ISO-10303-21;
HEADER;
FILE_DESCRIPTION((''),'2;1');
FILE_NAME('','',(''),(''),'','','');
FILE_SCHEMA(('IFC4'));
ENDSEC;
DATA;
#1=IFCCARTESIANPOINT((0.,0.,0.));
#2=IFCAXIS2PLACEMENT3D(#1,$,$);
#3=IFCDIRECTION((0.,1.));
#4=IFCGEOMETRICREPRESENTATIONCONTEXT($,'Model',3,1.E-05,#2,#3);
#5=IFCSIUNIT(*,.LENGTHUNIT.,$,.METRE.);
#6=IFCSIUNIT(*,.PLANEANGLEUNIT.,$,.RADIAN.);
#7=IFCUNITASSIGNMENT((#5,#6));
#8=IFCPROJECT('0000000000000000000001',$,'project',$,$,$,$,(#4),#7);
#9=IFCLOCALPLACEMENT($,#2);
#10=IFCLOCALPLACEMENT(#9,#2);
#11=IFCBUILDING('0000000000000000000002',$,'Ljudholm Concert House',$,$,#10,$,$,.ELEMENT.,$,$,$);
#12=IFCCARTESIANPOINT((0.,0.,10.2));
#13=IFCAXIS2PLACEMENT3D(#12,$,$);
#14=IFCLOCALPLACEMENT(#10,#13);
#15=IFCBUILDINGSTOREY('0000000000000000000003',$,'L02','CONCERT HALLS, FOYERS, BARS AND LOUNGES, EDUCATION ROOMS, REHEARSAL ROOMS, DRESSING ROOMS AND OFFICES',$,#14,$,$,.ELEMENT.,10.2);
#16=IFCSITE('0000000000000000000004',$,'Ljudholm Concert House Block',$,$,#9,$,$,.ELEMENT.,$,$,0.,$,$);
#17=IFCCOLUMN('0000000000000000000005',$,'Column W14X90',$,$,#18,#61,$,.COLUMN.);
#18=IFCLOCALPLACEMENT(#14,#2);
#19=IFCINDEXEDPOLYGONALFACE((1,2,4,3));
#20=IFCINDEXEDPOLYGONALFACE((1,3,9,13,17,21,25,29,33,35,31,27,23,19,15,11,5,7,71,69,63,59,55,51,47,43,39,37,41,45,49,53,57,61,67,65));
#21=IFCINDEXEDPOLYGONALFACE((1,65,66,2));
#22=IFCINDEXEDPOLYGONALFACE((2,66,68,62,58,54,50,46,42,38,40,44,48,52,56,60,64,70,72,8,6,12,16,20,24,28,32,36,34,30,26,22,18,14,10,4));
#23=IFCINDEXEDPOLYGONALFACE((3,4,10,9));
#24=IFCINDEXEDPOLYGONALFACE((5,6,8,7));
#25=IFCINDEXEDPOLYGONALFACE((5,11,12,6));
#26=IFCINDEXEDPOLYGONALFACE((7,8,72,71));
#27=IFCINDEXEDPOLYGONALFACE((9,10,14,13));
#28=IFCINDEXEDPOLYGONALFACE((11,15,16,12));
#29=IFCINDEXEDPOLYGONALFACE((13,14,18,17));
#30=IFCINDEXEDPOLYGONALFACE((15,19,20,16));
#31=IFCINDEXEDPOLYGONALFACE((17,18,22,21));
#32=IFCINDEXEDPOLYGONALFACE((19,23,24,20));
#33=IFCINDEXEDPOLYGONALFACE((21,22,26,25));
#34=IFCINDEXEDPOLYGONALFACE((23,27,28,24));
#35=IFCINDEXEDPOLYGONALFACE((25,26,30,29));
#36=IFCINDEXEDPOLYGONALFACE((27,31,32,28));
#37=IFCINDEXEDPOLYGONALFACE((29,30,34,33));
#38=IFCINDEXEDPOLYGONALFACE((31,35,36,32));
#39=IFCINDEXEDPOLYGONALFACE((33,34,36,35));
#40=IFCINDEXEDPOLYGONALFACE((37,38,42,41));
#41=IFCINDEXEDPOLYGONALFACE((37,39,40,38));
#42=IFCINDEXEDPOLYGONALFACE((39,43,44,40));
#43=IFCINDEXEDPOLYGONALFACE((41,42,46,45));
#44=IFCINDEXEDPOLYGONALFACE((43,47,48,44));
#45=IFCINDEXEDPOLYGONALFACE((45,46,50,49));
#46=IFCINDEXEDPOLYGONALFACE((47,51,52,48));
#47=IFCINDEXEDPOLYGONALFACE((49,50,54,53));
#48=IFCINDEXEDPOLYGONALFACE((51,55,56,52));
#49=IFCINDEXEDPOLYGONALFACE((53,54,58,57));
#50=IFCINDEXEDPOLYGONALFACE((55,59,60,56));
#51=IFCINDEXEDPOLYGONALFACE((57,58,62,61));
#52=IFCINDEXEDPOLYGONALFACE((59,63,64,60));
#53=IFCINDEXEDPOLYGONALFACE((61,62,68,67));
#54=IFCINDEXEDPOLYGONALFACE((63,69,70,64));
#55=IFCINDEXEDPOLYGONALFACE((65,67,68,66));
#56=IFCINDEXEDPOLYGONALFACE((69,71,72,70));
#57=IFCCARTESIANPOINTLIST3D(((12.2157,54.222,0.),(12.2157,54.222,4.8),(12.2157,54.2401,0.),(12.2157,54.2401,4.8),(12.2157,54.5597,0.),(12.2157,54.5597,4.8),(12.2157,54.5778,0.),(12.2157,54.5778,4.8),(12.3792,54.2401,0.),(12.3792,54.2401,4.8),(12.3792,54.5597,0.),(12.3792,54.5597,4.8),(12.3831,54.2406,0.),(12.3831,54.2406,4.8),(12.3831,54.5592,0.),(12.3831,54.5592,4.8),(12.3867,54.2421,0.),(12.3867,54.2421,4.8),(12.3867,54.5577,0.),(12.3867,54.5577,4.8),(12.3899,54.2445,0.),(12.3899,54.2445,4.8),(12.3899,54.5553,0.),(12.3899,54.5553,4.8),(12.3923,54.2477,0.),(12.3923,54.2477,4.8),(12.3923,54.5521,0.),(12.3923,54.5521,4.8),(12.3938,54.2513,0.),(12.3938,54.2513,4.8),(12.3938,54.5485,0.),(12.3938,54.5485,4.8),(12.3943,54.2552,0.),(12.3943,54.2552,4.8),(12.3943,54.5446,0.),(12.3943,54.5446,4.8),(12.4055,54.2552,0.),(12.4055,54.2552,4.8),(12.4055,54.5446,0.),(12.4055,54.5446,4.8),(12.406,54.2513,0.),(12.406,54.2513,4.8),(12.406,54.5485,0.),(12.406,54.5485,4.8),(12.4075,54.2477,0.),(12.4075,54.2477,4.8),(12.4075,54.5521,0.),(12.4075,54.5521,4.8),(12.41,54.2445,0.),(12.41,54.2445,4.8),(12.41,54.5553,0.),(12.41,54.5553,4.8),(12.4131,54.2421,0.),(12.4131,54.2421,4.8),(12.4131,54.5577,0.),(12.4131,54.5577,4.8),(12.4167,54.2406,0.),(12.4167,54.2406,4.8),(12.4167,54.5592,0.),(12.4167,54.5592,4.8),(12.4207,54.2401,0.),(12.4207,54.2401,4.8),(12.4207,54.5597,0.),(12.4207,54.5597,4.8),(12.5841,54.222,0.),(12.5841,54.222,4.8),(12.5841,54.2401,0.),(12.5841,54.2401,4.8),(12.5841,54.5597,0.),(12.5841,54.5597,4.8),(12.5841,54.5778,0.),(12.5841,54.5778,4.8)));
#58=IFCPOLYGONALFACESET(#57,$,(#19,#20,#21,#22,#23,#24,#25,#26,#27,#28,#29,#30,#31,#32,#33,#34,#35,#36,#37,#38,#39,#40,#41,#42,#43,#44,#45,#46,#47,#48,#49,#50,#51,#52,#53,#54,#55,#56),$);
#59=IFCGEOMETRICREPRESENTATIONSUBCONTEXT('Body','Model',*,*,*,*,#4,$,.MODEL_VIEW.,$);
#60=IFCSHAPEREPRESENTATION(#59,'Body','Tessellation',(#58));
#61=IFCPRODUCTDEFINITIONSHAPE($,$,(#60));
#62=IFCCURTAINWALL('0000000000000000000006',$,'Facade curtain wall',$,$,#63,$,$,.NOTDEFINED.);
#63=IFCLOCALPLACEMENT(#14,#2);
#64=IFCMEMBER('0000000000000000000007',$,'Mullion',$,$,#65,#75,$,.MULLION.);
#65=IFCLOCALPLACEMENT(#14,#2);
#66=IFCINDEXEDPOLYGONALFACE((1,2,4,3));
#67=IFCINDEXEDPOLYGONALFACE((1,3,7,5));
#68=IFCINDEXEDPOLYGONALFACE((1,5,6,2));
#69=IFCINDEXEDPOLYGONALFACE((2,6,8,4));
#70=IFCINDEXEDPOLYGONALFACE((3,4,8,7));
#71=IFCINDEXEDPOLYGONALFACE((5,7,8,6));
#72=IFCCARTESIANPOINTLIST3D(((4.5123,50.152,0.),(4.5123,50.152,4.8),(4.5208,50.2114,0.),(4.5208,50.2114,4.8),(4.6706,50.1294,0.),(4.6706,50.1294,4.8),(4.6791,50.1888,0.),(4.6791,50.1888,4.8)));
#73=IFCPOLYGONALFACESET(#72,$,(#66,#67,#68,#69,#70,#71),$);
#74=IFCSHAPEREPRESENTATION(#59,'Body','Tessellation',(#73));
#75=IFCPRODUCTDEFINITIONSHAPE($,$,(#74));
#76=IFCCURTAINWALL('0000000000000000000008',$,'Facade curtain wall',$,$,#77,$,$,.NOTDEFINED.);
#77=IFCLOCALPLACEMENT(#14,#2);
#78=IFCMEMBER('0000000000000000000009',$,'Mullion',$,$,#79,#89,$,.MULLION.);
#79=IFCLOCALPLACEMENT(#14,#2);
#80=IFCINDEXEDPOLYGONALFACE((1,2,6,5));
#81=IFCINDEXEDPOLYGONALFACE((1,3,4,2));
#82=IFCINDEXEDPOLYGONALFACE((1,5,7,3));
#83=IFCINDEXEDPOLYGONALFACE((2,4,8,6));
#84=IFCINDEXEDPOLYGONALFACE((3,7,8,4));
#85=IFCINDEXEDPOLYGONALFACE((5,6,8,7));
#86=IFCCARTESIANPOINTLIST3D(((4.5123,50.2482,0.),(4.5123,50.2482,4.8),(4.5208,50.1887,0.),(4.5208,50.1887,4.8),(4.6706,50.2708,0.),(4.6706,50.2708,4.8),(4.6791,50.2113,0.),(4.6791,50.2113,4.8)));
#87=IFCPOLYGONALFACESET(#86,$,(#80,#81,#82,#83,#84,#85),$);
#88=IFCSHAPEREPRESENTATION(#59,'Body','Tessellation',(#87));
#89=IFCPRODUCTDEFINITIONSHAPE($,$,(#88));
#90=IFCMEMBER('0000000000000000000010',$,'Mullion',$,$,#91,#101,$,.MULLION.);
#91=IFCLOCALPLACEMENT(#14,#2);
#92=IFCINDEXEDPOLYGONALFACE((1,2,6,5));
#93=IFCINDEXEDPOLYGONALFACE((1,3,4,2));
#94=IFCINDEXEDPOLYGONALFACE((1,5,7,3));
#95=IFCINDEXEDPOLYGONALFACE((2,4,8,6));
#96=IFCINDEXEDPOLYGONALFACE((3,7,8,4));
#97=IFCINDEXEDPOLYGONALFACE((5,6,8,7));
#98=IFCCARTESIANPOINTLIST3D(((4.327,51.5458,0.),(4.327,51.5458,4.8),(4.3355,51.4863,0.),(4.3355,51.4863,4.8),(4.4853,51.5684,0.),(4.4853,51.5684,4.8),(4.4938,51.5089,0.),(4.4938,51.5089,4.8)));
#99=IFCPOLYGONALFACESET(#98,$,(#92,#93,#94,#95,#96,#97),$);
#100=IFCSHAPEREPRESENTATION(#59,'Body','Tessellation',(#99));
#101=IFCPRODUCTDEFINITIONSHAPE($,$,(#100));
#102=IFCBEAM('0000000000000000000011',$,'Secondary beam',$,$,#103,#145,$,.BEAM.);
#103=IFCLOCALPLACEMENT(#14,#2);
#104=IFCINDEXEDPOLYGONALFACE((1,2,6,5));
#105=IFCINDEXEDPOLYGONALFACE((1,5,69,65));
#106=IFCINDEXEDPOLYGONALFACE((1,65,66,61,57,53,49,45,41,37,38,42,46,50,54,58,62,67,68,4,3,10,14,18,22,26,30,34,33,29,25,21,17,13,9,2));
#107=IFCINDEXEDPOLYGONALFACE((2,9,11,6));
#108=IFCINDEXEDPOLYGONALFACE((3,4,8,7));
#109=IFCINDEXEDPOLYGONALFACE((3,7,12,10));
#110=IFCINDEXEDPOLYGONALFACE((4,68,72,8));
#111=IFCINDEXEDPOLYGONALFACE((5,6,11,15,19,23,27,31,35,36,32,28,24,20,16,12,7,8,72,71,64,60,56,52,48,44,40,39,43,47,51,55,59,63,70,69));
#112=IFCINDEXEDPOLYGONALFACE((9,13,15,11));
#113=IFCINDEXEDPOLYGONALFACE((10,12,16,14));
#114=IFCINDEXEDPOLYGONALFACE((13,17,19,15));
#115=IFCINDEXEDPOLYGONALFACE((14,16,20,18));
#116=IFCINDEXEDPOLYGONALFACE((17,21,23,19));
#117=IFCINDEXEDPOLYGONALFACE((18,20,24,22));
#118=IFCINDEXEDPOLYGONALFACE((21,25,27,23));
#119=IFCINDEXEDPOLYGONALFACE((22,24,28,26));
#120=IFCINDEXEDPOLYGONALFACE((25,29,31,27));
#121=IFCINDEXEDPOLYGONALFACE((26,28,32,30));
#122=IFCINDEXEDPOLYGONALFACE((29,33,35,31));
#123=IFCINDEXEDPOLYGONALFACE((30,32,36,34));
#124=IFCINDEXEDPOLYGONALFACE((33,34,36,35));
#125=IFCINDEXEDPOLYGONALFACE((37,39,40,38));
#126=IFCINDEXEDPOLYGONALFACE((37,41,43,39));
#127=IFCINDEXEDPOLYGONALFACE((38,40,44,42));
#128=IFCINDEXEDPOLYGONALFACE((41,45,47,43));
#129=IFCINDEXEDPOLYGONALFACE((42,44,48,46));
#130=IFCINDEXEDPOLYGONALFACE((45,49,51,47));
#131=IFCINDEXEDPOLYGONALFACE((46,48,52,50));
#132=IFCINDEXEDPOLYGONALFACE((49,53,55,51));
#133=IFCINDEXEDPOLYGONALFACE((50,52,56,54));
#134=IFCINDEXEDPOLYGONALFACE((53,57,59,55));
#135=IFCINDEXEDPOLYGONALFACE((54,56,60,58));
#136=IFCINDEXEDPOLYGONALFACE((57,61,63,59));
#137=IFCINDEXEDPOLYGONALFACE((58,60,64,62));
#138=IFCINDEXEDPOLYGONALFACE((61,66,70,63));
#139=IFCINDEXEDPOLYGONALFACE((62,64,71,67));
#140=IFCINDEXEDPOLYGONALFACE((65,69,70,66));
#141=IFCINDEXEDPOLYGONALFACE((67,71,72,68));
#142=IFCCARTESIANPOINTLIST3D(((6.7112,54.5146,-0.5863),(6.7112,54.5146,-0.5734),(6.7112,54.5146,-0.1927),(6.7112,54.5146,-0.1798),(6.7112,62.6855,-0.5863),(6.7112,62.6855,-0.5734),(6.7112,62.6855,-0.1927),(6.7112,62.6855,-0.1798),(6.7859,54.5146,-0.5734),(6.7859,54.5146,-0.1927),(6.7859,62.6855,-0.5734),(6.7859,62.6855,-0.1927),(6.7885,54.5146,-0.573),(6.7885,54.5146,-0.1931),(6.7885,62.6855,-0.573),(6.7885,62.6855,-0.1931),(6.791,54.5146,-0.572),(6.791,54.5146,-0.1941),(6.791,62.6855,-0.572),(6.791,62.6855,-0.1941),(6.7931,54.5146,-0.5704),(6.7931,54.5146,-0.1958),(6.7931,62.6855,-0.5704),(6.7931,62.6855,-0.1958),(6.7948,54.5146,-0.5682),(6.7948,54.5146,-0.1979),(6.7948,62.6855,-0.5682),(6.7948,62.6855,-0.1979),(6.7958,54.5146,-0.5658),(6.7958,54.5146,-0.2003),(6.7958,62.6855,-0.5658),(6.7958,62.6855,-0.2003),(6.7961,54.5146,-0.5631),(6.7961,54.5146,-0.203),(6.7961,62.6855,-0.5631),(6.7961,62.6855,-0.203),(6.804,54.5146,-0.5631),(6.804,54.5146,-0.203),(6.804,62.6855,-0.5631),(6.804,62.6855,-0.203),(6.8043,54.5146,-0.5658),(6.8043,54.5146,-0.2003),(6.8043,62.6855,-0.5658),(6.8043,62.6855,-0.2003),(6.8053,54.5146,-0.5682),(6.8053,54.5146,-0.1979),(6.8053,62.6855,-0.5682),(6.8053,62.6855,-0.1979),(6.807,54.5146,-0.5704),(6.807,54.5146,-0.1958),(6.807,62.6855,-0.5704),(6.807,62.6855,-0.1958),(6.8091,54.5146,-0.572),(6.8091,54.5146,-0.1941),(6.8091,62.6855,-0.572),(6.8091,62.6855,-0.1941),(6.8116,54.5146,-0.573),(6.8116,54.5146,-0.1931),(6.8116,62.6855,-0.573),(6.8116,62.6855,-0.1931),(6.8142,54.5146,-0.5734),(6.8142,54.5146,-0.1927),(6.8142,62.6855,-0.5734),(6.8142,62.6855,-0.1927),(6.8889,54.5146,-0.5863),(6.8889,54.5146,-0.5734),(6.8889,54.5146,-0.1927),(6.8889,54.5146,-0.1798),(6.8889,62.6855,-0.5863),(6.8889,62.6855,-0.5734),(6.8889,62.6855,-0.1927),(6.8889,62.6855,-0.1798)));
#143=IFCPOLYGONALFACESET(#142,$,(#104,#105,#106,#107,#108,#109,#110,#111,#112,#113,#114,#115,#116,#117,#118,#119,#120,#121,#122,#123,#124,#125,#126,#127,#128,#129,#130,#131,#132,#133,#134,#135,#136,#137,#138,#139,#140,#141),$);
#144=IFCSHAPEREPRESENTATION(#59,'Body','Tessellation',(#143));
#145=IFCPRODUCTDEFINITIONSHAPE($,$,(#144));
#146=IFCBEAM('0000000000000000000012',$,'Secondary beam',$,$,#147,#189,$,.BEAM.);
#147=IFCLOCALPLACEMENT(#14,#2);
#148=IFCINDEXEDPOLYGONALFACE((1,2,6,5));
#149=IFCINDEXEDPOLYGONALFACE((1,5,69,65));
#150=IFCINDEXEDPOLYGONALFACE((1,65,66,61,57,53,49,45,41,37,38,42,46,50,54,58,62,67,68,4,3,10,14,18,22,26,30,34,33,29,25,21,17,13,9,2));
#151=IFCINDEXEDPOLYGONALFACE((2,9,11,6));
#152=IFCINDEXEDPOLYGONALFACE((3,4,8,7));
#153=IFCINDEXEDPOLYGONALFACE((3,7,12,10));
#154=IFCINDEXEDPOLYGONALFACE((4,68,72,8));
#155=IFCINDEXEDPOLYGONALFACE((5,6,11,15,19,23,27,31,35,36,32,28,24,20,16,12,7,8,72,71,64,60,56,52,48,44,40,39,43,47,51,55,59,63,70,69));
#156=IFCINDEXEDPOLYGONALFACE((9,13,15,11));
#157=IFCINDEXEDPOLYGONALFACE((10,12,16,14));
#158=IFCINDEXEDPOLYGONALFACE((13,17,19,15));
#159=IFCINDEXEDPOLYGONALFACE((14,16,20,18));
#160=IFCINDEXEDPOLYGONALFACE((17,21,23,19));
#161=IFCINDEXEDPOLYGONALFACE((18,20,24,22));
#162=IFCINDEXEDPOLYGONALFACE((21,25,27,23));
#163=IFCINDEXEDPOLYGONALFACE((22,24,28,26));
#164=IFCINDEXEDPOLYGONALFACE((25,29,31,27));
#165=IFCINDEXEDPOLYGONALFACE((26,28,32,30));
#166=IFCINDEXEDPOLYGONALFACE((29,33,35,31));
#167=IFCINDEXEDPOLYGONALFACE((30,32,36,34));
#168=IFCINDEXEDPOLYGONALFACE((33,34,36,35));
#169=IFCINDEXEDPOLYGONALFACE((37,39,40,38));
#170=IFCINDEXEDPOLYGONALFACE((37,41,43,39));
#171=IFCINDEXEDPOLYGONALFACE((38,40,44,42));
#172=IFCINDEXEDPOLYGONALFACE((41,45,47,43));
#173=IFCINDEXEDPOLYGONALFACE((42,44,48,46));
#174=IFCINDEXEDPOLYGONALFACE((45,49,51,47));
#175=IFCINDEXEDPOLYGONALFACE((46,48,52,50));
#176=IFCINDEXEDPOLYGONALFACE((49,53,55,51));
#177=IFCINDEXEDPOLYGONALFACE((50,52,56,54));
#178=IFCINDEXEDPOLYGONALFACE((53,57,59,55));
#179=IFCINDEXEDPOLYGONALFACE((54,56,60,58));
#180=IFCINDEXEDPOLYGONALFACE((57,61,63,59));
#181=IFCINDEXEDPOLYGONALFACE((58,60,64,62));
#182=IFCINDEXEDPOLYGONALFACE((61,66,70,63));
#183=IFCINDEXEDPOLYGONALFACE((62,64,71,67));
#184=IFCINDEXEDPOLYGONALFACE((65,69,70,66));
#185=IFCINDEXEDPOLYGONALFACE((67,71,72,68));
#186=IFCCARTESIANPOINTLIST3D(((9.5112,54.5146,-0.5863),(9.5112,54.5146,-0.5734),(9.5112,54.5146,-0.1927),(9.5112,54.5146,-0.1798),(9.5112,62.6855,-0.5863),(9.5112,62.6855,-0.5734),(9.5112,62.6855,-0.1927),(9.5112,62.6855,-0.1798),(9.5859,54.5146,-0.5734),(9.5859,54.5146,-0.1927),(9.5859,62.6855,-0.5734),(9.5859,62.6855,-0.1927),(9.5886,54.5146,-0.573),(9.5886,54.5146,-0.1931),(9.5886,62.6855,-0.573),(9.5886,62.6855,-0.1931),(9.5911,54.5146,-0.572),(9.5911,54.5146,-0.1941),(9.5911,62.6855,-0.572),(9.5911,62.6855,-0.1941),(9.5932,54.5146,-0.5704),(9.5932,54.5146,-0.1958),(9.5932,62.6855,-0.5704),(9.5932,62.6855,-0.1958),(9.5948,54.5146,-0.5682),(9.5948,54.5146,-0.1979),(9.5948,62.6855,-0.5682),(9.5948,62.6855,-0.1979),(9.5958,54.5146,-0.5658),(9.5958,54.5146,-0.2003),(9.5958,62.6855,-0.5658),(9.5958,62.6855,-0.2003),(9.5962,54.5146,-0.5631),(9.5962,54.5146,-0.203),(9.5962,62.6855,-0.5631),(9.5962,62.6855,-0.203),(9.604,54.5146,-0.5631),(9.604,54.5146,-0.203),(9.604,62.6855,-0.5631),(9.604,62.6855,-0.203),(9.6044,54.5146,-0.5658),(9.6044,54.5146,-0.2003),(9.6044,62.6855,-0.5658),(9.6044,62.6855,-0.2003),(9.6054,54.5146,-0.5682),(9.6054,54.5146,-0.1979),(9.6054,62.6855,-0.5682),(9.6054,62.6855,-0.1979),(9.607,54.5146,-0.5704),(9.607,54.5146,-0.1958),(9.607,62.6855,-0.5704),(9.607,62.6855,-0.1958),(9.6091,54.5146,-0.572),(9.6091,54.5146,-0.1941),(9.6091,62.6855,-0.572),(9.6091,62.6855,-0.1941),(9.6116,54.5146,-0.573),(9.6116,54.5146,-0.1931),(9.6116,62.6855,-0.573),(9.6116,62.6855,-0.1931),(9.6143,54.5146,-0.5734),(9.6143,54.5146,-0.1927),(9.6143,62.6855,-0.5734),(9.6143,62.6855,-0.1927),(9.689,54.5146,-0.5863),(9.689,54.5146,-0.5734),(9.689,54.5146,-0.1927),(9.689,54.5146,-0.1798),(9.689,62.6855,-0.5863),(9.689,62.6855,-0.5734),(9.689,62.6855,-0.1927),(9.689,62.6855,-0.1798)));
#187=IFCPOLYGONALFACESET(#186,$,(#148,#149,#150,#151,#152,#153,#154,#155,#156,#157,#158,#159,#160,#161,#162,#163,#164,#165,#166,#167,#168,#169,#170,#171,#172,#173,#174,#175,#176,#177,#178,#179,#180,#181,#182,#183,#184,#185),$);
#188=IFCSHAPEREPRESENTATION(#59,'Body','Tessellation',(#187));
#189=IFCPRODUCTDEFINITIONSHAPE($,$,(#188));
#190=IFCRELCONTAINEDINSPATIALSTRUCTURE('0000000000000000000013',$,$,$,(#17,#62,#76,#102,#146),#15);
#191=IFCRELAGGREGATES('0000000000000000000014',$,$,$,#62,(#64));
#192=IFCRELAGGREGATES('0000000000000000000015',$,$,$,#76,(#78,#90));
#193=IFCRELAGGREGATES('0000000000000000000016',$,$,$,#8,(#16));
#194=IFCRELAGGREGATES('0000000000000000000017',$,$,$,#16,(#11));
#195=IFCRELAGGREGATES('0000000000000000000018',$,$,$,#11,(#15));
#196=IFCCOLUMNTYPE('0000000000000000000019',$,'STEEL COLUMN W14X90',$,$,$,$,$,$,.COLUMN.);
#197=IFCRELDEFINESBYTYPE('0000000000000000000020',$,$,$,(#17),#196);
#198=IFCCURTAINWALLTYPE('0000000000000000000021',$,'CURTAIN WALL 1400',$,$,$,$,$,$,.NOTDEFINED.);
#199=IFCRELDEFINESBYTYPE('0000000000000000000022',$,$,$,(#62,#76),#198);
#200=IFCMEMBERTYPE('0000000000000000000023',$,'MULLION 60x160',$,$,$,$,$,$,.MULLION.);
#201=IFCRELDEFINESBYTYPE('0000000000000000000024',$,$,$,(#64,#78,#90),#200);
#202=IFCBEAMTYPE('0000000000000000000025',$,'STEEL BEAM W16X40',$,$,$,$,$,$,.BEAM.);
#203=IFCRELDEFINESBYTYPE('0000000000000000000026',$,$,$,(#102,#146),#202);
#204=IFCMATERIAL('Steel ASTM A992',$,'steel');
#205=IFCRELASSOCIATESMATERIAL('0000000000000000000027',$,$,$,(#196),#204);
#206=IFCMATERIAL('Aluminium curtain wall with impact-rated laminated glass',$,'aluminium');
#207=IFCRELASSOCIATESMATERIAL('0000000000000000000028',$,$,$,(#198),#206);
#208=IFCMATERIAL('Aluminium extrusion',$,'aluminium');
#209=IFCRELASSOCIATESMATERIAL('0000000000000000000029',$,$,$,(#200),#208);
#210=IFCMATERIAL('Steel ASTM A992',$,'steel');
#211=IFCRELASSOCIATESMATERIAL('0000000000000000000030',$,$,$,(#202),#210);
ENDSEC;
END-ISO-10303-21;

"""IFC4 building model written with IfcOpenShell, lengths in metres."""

from ifc_helpers import new_model, si_unit, direction, frame, origin, origin_2d, place, context, subcontext, project, spatial, rectangle, i_section, extrude, material, material_profile, profile_set, type_object, element, aggregate, save


model = new_model("IFC4")

# Units and contexts
model_context = context("Model", 3, precision=1e-05, world=origin(), true_north=direction((0.0, 1.0)))
body_context = subcontext(model_context, "Body", "Model", "MODEL_VIEW")
ifc_project = project(units=[si_unit("LENGTHUNIT", "METRE"), si_unit("PLANEANGLEUNIT", "RADIAN")], contexts=[model_context])

# Site, building, storey
site_placement = place(None, origin())
site = spatial("IfcSite", under=ifc_project, at=site_placement, Name="Ljudholm Concert House Block", CompositionType="ELEMENT", RefElevation=0.0)
building_placement = place(site_placement, origin())
building = spatial("IfcBuilding", under=site, at=building_placement, Name="Ljudholm Concert House", CompositionType="ELEMENT")
storey_placement = place(building_placement, frame((0.0, 0.0, 10.2)))
storey = spatial("IfcBuildingStorey", under=building, at=storey_placement, Name="L02", Description="CONCERT HALLS, FOYERS, BARS AND LOUNGES, EDUCATION ROOMS, REHEARSAL ROOMS, DRESSING ROOMS AND OFFICES", CompositionType="ELEMENT", Elevation=10.2)

# Column
ifc_material_1 = material(Name="Steel ASTM A992", Category="steel")
ifc_material_profile_1 = material_profile(ifc_material_1, i_section(OverallWidth=0.3684, OverallDepth=0.3557, WebThickness=0.0112, FlangeThickness=0.0181, FilletRadius=0.0151, at=origin_2d()), Name="W14X90")
ifc_profile_set_1 = profile_set([ifc_material_profile_1], Name="Steel ASTM A992")
column_type = type_object("IfcColumnType", Name="STEEL COLUMN W14X90", PredefinedType="COLUMN", material=ifc_profile_set_1)
column_placement = place(storey_placement, frame((12.3999, 54.3999, 0.0), z_axis=(0.0, 0.0, 1.0), x_axis=(1.0, 0.0, 0.0)))
element("IfcColumn", 1, at=column_placement, inside=storey, type_object=column_type, Name="Column W14X90", PredefinedType="COLUMN", context=body_context, shape_type="SweptSolid", body=[
    extrude(i_section(OverallWidth=0.3684, OverallDepth=0.3557, WebThickness=0.0112, FlangeThickness=0.0181, FilletRadius=0.0151, at=origin_2d()), origin(), (0.0, 0.0, 1.0), 4.8),
])

# Curtain wall, member
ifc_material_2 = material(Name="Aluminium curtain wall with impact-rated laminated glass", Category="aluminium")
curtain_wall_type = type_object("IfcCurtainWallType", Name="CURTAIN WALL 1400", PredefinedType="NOTDEFINED", material=ifc_material_2)
curtain_wall_1_placement = place(storey_placement, origin())
curtain_wall_1 = element("IfcCurtainWall", 2, at=curtain_wall_1_placement, inside=storey, type_object=curtain_wall_type, Name="Facade curtain wall", PredefinedType="NOTDEFINED")
ifc_material_3 = material(Name="Aluminium extrusion", Category="aluminium")
ifc_material_profile_2 = material_profile(ifc_material_3, rectangle(XDim=0.1599, YDim=0.0601, at=origin_2d()), Name="MULLION 60x160")
ifc_profile_set_2 = profile_set([ifc_material_profile_2], Name="Aluminium extrusion")
member_type_1 = type_object("IfcMemberType", Name="MULLION 60x160", PredefinedType="MULLION", material=ifc_profile_set_2)
member_1_placement = place(storey_placement, frame((4.5957, 50.1704, 0.0), z_axis=(0.0, 0.0, 1.0), x_axis=(-0.989949, 0.141421, 0.0)))
member_1 = element("IfcMember", 3, at=member_1_placement, type_object=member_type_1, Name="Mullion", PredefinedType="MULLION", context=body_context, shape_type="SweptSolid", body=[
    extrude(rectangle(XDim=0.1599, YDim=0.0601, at=origin_2d()), origin(), (0.0, 0.0, 1.0), 4.8),
])
aggregate(curtain_wall_1, [member_1])

# Curtain wall, members
curtain_wall_2_placement = place(storey_placement, origin())
curtain_wall_2 = element("IfcCurtainWall", 4, at=curtain_wall_2_placement, inside=storey, type_object=curtain_wall_type, Name="Facade curtain wall", PredefinedType="NOTDEFINED")
member_2_placement = place(storey_placement, frame((4.5957, 50.2297, 0.0), z_axis=(0.0, 0.0, 1.0), x_axis=(-0.989949, -0.141421, 0.0)))
member_2 = element("IfcMember", 5, at=member_2_placement, type_object=member_type_1, Name="Mullion", PredefinedType="MULLION", context=body_context, shape_type="SweptSolid", body=[
    extrude(rectangle(XDim=0.1599, YDim=0.0601, at=origin_2d()), origin(), (0.0, 0.0, 1.0), 4.8),
])
member_3_placement = place(storey_placement, frame((4.4104, 51.5273, 0.0), z_axis=(0.0, 0.0, 1.0), x_axis=(-0.989949, -0.141421, 0.0)))
member_3 = element("IfcMember", 6, at=member_3_placement, type_object=member_type_1, Name="Mullion", PredefinedType="MULLION", context=body_context, shape_type="SweptSolid", body=[
    extrude(rectangle(XDim=0.1599, YDim=0.0601, at=origin_2d()), origin(), (0.0, 0.0, 1.0), 4.8),
])

# Beams
ifc_material_4 = material(Name="Steel ASTM A992", Category="steel")
ifc_material_profile_3 = material_profile(ifc_material_4, i_section(OverallWidth=0.1777, OverallDepth=0.4065, WebThickness=0.0078, FlangeThickness=0.0129, FilletRadius=0.0103, at=origin_2d()), Name="W16X40")
ifc_profile_set_3 = profile_set([ifc_material_profile_3], Name="Steel ASTM A992")
beam_type_1 = type_object("IfcBeamType", Name="STEEL BEAM W16X40", PredefinedType="BEAM", material=ifc_profile_set_3)
for number, where, z_axis, x_axis, name in (
    (7, (6.8, 54.5146, -0.3831), (0.0, 1.0, 0.0), (-1.0, 0.0, 0.0), "Secondary beam"),
    (8, (9.6001, 54.5146, -0.3831), (0.0, 1.0, 0.0), (-1.0, 0.0, 0.0), "Secondary beam"),
):
    element("IfcBeam", number, at=place(storey_placement, frame(where, z_axis=z_axis, x_axis=x_axis)), inside=storey, type_object=beam_type_1, Name=name, PredefinedType="BEAM", context=body_context, shape_type="SweptSolid", body=[
        extrude(i_section(OverallWidth=0.1777, OverallDepth=0.4065, WebThickness=0.0078, FlangeThickness=0.0129, FilletRadius=0.0103, at=origin_2d()), origin(), (0.0, 0.0, 1.0), 8.1709),
    ])

aggregate(curtain_wall_2, [member_2, member_3])

save(model, "model.ifc")
